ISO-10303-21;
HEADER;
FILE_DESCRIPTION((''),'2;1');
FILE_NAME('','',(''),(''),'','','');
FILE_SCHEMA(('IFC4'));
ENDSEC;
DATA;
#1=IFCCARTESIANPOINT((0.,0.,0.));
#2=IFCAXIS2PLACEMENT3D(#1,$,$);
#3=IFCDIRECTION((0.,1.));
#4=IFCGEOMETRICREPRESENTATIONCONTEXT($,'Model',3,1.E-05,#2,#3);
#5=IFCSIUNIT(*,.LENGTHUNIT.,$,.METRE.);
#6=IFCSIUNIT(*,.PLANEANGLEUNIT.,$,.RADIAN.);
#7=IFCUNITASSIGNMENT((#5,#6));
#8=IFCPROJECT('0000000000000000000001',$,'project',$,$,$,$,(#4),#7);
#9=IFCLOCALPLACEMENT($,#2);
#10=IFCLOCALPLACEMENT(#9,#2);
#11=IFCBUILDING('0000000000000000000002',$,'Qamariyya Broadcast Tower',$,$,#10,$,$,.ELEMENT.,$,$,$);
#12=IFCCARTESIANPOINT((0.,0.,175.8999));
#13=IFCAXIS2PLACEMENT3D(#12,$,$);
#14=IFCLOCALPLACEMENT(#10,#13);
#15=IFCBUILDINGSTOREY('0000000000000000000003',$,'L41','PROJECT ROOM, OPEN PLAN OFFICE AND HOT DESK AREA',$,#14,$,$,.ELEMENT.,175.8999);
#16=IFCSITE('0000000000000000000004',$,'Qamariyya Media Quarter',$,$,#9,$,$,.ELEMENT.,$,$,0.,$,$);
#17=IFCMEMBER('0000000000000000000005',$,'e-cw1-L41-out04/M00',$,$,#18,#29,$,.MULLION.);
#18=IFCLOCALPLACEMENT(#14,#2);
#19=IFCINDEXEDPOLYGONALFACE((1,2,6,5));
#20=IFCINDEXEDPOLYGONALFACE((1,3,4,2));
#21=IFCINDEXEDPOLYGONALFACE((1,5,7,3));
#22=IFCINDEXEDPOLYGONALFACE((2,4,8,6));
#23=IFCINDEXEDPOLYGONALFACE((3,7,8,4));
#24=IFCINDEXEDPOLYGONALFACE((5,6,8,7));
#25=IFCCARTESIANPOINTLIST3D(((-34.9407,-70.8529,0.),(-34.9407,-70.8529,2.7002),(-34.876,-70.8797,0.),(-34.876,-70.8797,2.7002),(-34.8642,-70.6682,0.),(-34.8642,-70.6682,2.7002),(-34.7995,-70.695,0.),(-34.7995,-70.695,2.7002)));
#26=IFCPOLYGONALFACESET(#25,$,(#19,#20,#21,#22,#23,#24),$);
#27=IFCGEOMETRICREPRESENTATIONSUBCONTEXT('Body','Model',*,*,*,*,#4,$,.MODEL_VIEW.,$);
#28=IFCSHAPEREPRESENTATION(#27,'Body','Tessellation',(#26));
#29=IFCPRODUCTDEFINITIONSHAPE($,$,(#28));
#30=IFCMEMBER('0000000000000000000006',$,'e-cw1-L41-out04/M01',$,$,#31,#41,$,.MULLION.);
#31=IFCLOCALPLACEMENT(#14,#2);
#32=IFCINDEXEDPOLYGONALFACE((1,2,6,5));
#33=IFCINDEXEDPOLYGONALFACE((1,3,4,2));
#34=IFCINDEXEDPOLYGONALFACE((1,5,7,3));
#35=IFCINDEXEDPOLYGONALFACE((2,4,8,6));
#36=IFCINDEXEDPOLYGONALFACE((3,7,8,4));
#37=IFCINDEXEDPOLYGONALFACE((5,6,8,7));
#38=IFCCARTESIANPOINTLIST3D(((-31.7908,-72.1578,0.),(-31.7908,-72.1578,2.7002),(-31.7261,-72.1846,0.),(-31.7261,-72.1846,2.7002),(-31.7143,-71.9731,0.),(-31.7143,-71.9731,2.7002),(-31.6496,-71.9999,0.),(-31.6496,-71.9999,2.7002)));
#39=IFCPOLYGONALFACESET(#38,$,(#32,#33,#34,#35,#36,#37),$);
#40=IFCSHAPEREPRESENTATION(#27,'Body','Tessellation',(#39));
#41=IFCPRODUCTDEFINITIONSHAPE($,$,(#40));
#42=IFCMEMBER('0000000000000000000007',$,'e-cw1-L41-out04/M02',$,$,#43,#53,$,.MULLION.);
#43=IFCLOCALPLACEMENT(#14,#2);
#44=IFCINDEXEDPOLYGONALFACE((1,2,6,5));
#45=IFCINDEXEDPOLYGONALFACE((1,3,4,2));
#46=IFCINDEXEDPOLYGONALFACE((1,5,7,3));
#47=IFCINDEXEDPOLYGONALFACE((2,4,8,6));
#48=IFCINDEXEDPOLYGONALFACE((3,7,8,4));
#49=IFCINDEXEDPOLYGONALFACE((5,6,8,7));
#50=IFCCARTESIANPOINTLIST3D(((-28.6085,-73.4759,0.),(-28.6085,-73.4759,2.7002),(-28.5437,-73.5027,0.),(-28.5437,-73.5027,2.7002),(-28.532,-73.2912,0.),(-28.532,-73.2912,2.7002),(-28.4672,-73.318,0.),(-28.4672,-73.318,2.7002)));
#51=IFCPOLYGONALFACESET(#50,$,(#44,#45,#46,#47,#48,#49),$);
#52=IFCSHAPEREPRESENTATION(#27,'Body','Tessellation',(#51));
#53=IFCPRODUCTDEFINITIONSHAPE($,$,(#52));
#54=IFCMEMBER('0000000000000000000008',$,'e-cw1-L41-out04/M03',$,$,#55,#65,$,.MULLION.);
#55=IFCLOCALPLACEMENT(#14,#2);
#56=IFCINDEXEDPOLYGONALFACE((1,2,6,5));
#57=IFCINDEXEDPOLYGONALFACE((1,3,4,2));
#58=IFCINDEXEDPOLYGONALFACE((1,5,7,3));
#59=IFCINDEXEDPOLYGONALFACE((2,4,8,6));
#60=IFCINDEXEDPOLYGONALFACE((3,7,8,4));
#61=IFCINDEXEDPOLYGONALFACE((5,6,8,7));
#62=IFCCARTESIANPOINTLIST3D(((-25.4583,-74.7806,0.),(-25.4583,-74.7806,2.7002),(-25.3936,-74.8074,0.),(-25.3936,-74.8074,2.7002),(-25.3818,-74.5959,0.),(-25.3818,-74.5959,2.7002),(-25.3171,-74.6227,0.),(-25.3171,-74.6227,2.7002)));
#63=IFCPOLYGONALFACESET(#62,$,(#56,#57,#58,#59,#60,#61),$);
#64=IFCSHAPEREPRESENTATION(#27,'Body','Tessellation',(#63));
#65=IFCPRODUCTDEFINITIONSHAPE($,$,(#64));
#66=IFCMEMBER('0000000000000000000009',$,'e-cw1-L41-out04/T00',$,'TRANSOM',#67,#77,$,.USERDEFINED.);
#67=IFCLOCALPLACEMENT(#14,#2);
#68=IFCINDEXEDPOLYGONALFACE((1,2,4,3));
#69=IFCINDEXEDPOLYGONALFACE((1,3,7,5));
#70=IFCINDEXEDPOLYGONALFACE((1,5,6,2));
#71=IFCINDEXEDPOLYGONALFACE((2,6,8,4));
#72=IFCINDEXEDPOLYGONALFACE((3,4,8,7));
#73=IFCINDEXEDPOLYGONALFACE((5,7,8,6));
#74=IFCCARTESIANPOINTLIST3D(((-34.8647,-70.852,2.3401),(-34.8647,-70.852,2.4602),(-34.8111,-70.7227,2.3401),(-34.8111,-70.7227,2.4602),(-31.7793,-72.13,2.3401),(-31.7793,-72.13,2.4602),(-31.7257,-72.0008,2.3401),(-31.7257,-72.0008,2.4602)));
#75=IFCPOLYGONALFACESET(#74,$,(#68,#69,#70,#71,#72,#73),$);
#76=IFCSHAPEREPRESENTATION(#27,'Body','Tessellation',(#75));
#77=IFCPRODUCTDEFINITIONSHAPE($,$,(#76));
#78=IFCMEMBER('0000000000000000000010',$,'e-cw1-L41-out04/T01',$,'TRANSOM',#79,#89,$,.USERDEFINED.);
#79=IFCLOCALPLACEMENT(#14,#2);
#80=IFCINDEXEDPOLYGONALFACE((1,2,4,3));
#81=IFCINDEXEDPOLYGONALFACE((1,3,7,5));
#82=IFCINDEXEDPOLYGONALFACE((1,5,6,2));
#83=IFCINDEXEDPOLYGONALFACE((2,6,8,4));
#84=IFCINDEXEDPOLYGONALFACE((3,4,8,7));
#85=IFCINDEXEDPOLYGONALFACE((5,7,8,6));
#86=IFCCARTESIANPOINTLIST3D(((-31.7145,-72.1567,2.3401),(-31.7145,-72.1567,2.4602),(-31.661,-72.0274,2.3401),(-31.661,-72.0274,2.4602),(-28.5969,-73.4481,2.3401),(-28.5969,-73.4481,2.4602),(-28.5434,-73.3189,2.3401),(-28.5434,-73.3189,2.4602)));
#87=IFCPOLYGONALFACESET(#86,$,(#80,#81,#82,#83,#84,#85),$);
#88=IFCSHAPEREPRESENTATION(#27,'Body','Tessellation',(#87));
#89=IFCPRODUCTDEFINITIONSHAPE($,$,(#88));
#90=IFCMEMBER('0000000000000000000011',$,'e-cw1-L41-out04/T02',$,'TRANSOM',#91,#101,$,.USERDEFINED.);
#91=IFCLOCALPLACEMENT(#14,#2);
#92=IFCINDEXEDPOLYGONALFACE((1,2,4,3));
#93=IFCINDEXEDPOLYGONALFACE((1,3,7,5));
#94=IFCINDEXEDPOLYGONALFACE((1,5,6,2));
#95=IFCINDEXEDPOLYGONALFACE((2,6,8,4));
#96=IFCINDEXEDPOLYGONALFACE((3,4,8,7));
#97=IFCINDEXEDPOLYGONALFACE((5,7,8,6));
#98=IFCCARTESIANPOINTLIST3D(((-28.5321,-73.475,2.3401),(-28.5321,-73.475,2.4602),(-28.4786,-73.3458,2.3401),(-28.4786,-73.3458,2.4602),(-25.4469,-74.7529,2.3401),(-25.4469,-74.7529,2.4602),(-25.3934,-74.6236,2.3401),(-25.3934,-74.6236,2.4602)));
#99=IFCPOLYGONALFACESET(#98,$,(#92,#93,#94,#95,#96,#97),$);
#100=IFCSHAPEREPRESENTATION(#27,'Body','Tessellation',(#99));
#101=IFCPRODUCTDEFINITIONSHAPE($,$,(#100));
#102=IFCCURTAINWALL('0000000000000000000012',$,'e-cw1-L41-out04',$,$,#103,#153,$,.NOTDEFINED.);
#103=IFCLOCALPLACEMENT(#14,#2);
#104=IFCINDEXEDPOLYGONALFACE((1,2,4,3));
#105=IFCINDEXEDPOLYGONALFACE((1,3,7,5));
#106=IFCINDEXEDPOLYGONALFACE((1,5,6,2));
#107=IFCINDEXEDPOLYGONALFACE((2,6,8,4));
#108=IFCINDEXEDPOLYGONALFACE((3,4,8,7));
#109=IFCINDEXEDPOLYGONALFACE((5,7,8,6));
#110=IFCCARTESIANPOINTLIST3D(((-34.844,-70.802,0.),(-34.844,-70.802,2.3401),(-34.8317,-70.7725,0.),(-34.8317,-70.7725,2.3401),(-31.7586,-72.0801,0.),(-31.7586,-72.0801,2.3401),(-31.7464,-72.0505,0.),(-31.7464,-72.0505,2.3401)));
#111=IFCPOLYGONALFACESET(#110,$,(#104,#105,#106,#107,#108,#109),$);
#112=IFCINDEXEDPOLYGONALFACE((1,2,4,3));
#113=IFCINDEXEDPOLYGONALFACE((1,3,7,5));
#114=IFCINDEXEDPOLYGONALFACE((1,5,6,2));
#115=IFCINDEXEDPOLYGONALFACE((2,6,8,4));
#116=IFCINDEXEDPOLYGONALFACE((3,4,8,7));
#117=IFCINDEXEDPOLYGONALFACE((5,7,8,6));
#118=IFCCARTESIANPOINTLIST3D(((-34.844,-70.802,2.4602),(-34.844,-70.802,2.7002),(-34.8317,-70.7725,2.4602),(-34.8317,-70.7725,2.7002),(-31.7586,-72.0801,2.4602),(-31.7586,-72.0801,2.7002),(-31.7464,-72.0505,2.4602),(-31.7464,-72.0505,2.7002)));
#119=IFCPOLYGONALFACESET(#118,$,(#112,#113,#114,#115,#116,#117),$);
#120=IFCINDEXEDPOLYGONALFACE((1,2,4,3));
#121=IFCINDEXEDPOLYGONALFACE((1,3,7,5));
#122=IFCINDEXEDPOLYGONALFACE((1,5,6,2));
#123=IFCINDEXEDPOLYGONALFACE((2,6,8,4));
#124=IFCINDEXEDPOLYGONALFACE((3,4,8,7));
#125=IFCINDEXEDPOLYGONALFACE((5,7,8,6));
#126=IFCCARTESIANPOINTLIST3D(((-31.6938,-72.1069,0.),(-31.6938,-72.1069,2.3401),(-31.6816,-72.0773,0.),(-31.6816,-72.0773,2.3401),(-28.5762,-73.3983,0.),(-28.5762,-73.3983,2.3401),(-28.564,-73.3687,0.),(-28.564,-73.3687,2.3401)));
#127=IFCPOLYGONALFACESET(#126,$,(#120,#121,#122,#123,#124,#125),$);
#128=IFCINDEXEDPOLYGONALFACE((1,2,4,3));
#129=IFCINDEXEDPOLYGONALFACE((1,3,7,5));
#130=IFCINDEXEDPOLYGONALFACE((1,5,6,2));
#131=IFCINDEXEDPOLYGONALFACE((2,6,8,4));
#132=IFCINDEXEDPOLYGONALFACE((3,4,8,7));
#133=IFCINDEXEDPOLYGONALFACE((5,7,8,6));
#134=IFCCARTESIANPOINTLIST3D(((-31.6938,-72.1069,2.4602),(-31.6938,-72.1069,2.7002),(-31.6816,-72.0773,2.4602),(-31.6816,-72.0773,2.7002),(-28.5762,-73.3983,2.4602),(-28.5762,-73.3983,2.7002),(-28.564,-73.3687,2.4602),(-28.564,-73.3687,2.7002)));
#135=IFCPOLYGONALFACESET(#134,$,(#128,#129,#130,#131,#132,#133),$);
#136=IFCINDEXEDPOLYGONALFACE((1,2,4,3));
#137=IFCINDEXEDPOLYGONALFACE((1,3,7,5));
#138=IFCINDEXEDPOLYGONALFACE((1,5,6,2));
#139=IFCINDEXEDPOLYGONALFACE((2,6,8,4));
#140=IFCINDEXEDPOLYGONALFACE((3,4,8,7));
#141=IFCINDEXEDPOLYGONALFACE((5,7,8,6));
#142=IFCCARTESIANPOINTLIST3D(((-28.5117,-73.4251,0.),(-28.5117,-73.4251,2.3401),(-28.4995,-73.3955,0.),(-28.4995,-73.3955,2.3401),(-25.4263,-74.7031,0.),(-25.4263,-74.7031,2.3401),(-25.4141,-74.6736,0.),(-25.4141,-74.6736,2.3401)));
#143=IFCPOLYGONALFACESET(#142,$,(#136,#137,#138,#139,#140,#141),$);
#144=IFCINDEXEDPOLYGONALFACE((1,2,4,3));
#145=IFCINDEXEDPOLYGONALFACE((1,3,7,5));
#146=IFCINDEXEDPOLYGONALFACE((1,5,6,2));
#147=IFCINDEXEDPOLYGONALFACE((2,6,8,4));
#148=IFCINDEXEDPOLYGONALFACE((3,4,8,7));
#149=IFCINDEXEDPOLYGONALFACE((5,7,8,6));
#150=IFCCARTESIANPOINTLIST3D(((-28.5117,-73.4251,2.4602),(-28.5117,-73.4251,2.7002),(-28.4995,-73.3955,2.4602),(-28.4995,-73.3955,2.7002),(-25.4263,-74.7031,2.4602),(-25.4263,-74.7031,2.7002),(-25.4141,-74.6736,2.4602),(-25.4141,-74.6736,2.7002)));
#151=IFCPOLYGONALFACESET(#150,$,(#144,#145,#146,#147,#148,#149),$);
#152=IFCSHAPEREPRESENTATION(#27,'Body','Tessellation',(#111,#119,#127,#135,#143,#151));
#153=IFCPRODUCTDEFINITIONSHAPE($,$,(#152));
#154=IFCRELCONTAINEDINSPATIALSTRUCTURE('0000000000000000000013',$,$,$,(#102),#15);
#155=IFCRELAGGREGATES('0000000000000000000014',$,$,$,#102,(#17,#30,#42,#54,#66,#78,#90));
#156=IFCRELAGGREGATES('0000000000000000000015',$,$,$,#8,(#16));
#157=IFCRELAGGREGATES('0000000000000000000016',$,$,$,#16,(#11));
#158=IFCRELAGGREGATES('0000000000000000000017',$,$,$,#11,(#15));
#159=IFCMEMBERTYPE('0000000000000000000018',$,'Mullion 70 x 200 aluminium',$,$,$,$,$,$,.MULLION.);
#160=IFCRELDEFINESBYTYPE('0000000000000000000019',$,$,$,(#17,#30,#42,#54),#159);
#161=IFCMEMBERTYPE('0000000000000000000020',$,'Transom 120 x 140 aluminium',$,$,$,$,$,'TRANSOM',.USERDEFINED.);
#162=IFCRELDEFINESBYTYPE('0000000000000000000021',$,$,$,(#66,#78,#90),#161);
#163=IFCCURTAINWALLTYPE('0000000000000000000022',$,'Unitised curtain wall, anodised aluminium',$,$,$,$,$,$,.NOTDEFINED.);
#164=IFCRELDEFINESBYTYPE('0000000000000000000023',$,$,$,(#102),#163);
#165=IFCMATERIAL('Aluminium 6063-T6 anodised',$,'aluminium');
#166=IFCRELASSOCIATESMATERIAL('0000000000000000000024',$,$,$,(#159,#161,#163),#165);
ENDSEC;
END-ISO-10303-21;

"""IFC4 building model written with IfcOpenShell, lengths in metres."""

from ifc_helpers import new_model, si_unit, direction, frame, origin, origin_2d, place, context, subcontext, project, spatial, rectangle, extrude, material, material_profile, profile_set, type_object, element, aggregate, save


model = new_model("IFC4")

# Units and contexts
model_context = context("Model", 3, precision=1e-05, world=origin(), true_north=direction((0.0, 1.0)))
body_context = subcontext(model_context, "Body", "Model", "MODEL_VIEW")
ifc_project = project(units=[si_unit("LENGTHUNIT", "METRE"), si_unit("PLANEANGLEUNIT", "RADIAN")], contexts=[model_context])

# Members
ifc_material_1 = material(Name="Aluminium 6063-T6 anodised", Category="aluminium")
ifc_material_profile_1 = material_profile(ifc_material_1, rectangle(XDim=0.2, YDim=0.0701, at=origin_2d()))
ifc_profile_set_1 = profile_set([ifc_material_profile_1], Name="Aluminium 6063-T6 anodised")
member_type_1 = type_object("IfcMemberType", Name="Mullion 70 x 200 aluminium", PredefinedType="MULLION", material=ifc_profile_set_1)
site_placement = place(None, origin())
building_placement = place(site_placement, origin())
storey_placement = place(building_placement, frame((0.0, 0.0, 175.8999)))
member_1_placement = place(storey_placement, frame((-34.8701, -70.7739, 0.0), z_axis=(0.0, 0.0, 1.0), x_axis=(0.382683, 0.92388, 0.0)))
member_1 = element("IfcMember", 1, at=member_1_placement, type_object=member_type_1, Name="e-cw1-L41-out04/M00", PredefinedType="MULLION", context=body_context, shape_type="SweptSolid", body=[
    extrude(rectangle(XDim=0.2, YDim=0.0701, at=origin_2d()), origin(), (0.0, 0.0, 1.0), 2.7002),
])
member_2_placement = place(storey_placement, frame((-31.7202, -72.0789, 0.0), z_axis=(0.0, 0.0, 1.0), x_axis=(0.382683, 0.92388, 0.0)))
member_2 = element("IfcMember", 2, at=member_2_placement, type_object=member_type_1, Name="e-cw1-L41-out04/M01", PredefinedType="MULLION", context=body_context, shape_type="SweptSolid", body=[
    extrude(rectangle(XDim=0.2, YDim=0.0701, at=origin_2d()), origin(), (0.0, 0.0, 1.0), 2.7002),
])
member_3_placement = place(storey_placement, frame((-28.5378, -73.397, 0.0), z_axis=(0.0, 0.0, 1.0), x_axis=(0.382683, 0.92388, 0.0)))
member_3 = element("IfcMember", 3, at=member_3_placement, type_object=member_type_1, Name="e-cw1-L41-out04/M02", PredefinedType="MULLION", context=body_context, shape_type="SweptSolid", body=[
    extrude(rectangle(XDim=0.2, YDim=0.0701, at=origin_2d()), origin(), (0.0, 0.0, 1.0), 2.7002),
])
member_4_placement = place(storey_placement, frame((-25.3877, -74.7017, 0.0), z_axis=(0.0, 0.0, 1.0), x_axis=(0.382683, 0.92388, 0.0)))
member_4 = element("IfcMember", 4, at=member_4_placement, type_object=member_type_1, Name="e-cw1-L41-out04/M03", PredefinedType="MULLION", context=body_context, shape_type="SweptSolid", body=[
    extrude(rectangle(XDim=0.2, YDim=0.0701, at=origin_2d()), origin(), (0.0, 0.0, 1.0), 2.7002),
])
ifc_material_profile_2 = material_profile(ifc_material_1, rectangle(XDim=0.1399, YDim=0.1201, at=origin_2d()))
ifc_profile_set_2 = profile_set([ifc_material_profile_2], Name="Aluminium 6063-T6 anodised")
member_type_2 = type_object("IfcMemberType", Name="Transom 120 x 140 aluminium", ElementType="TRANSOM", PredefinedType="USERDEFINED", material=ifc_profile_set_2)
member_5_placement = place(storey_placement, frame((-34.8379, -70.7874, 2.4001), z_axis=(0.923875, -0.382694, 0.0), x_axis=(0.382694, 0.923875, 0.0)))
member_5 = element("IfcMember", 5, at=member_5_placement, type_object=member_type_2, Name="e-cw1-L41-out04/T00", ObjectType="TRANSOM", PredefinedType="USERDEFINED", context=body_context, shape_type="SweptSolid", body=[
    extrude(rectangle(XDim=0.1399, YDim=0.1201, at=origin_2d()), origin(), (0.0, 0.0, 1.0), 3.3396),
])
member_6_placement = place(storey_placement, frame((-31.6877, -72.092, 2.4001), z_axis=(0.923867, -0.382714, 0.0), x_axis=(0.382714, 0.923867, 0.0)))
member_6 = element("IfcMember", 6, at=member_6_placement, type_object=member_type_2, Name="e-cw1-L41-out04/T01", ObjectType="TRANSOM", PredefinedType="USERDEFINED", context=body_context, shape_type="SweptSolid", body=[
    extrude(rectangle(XDim=0.1399, YDim=0.1201, at=origin_2d()), origin(), (0.0, 0.0, 1.0), 3.3745),
])
member_7_placement = place(storey_placement, frame((-28.5054, -73.4104, 2.4001), z_axis=(0.92389, -0.382657, 0.0), x_axis=(0.382657, 0.92389, 0.0)))
member_7 = element("IfcMember", 7, at=member_7_placement, type_object=member_type_2, Name="e-cw1-L41-out04/T02", ObjectType="TRANSOM", PredefinedType="USERDEFINED", context=body_context, shape_type="SweptSolid", body=[
    extrude(rectangle(XDim=0.1399, YDim=0.1201, at=origin_2d()), origin(), (0.0, 0.0, 1.0), 3.3394),
])

# Site, building, storey
site = spatial("IfcSite", under=ifc_project, at=site_placement, Name="Qamariyya Media Quarter", CompositionType="ELEMENT", RefElevation=0.0)
building = spatial("IfcBuilding", under=site, at=building_placement, Name="Qamariyya Broadcast Tower", CompositionType="ELEMENT")
storey = spatial("IfcBuildingStorey", under=building, at=storey_placement, Name="L41", Description="PROJECT ROOM, OPEN PLAN OFFICE AND HOT DESK AREA", CompositionType="ELEMENT", Elevation=175.8999)

# Curtain wall
curtain_wall_type = type_object("IfcCurtainWallType", Name="Unitised curtain wall, anodised aluminium", PredefinedType="NOTDEFINED", material=ifc_material_1)
curtain_wall_1_placement = place(storey_placement, origin())
curtain_wall_1 = element("IfcCurtainWall", 8, at=curtain_wall_1_placement, inside=storey, type_object=curtain_wall_type, Name="e-cw1-L41-out04", PredefinedType="NOTDEFINED", context=body_context, shape_type="SweptSolid", body=[
    extrude(rectangle(XDim=3.3396, YDim=0.032, at=origin_2d()), frame((-33.2952, -71.4263, 0.0), x_axis=(0.923878, -0.382687, 0.0)), (0.0, 0.0, 1.0), 2.3401),
    extrude(rectangle(XDim=3.3396, YDim=0.032, at=origin_2d()), frame((-33.2952, -71.4263, 2.4602), x_axis=(0.923878, -0.382687, 0.0)), (0.0, 0.0, 1.0), 0.24),
    extrude(rectangle(XDim=3.3745, YDim=0.032, at=origin_2d()), frame((-30.1289, -72.7378, 0.0), x_axis=(0.923878, -0.382687, 0.0)), (0.0, 0.0, 1.0), 2.3401),
    extrude(rectangle(XDim=3.3745, YDim=0.032, at=origin_2d()), frame((-30.1289, -72.7378, 2.4602), x_axis=(0.923878, -0.382687, 0.0)), (0.0, 0.0, 1.0), 0.24),
    extrude(rectangle(XDim=3.3396, YDim=0.032, at=origin_2d()), frame((-26.9629, -74.0493, 0.0), x_axis=(0.923878, -0.382687, 0.0)), (0.0, 0.0, 1.0), 2.3401),
    extrude(rectangle(XDim=3.3396, YDim=0.032, at=origin_2d()), frame((-26.9629, -74.0493, 2.4602), x_axis=(0.923878, -0.382687, 0.0)), (0.0, 0.0, 1.0), 0.24),
])
aggregate(curtain_wall_1, [member_1, member_2, member_3, member_4, member_5, member_6, member_7])

save(model, "model.ifc")
